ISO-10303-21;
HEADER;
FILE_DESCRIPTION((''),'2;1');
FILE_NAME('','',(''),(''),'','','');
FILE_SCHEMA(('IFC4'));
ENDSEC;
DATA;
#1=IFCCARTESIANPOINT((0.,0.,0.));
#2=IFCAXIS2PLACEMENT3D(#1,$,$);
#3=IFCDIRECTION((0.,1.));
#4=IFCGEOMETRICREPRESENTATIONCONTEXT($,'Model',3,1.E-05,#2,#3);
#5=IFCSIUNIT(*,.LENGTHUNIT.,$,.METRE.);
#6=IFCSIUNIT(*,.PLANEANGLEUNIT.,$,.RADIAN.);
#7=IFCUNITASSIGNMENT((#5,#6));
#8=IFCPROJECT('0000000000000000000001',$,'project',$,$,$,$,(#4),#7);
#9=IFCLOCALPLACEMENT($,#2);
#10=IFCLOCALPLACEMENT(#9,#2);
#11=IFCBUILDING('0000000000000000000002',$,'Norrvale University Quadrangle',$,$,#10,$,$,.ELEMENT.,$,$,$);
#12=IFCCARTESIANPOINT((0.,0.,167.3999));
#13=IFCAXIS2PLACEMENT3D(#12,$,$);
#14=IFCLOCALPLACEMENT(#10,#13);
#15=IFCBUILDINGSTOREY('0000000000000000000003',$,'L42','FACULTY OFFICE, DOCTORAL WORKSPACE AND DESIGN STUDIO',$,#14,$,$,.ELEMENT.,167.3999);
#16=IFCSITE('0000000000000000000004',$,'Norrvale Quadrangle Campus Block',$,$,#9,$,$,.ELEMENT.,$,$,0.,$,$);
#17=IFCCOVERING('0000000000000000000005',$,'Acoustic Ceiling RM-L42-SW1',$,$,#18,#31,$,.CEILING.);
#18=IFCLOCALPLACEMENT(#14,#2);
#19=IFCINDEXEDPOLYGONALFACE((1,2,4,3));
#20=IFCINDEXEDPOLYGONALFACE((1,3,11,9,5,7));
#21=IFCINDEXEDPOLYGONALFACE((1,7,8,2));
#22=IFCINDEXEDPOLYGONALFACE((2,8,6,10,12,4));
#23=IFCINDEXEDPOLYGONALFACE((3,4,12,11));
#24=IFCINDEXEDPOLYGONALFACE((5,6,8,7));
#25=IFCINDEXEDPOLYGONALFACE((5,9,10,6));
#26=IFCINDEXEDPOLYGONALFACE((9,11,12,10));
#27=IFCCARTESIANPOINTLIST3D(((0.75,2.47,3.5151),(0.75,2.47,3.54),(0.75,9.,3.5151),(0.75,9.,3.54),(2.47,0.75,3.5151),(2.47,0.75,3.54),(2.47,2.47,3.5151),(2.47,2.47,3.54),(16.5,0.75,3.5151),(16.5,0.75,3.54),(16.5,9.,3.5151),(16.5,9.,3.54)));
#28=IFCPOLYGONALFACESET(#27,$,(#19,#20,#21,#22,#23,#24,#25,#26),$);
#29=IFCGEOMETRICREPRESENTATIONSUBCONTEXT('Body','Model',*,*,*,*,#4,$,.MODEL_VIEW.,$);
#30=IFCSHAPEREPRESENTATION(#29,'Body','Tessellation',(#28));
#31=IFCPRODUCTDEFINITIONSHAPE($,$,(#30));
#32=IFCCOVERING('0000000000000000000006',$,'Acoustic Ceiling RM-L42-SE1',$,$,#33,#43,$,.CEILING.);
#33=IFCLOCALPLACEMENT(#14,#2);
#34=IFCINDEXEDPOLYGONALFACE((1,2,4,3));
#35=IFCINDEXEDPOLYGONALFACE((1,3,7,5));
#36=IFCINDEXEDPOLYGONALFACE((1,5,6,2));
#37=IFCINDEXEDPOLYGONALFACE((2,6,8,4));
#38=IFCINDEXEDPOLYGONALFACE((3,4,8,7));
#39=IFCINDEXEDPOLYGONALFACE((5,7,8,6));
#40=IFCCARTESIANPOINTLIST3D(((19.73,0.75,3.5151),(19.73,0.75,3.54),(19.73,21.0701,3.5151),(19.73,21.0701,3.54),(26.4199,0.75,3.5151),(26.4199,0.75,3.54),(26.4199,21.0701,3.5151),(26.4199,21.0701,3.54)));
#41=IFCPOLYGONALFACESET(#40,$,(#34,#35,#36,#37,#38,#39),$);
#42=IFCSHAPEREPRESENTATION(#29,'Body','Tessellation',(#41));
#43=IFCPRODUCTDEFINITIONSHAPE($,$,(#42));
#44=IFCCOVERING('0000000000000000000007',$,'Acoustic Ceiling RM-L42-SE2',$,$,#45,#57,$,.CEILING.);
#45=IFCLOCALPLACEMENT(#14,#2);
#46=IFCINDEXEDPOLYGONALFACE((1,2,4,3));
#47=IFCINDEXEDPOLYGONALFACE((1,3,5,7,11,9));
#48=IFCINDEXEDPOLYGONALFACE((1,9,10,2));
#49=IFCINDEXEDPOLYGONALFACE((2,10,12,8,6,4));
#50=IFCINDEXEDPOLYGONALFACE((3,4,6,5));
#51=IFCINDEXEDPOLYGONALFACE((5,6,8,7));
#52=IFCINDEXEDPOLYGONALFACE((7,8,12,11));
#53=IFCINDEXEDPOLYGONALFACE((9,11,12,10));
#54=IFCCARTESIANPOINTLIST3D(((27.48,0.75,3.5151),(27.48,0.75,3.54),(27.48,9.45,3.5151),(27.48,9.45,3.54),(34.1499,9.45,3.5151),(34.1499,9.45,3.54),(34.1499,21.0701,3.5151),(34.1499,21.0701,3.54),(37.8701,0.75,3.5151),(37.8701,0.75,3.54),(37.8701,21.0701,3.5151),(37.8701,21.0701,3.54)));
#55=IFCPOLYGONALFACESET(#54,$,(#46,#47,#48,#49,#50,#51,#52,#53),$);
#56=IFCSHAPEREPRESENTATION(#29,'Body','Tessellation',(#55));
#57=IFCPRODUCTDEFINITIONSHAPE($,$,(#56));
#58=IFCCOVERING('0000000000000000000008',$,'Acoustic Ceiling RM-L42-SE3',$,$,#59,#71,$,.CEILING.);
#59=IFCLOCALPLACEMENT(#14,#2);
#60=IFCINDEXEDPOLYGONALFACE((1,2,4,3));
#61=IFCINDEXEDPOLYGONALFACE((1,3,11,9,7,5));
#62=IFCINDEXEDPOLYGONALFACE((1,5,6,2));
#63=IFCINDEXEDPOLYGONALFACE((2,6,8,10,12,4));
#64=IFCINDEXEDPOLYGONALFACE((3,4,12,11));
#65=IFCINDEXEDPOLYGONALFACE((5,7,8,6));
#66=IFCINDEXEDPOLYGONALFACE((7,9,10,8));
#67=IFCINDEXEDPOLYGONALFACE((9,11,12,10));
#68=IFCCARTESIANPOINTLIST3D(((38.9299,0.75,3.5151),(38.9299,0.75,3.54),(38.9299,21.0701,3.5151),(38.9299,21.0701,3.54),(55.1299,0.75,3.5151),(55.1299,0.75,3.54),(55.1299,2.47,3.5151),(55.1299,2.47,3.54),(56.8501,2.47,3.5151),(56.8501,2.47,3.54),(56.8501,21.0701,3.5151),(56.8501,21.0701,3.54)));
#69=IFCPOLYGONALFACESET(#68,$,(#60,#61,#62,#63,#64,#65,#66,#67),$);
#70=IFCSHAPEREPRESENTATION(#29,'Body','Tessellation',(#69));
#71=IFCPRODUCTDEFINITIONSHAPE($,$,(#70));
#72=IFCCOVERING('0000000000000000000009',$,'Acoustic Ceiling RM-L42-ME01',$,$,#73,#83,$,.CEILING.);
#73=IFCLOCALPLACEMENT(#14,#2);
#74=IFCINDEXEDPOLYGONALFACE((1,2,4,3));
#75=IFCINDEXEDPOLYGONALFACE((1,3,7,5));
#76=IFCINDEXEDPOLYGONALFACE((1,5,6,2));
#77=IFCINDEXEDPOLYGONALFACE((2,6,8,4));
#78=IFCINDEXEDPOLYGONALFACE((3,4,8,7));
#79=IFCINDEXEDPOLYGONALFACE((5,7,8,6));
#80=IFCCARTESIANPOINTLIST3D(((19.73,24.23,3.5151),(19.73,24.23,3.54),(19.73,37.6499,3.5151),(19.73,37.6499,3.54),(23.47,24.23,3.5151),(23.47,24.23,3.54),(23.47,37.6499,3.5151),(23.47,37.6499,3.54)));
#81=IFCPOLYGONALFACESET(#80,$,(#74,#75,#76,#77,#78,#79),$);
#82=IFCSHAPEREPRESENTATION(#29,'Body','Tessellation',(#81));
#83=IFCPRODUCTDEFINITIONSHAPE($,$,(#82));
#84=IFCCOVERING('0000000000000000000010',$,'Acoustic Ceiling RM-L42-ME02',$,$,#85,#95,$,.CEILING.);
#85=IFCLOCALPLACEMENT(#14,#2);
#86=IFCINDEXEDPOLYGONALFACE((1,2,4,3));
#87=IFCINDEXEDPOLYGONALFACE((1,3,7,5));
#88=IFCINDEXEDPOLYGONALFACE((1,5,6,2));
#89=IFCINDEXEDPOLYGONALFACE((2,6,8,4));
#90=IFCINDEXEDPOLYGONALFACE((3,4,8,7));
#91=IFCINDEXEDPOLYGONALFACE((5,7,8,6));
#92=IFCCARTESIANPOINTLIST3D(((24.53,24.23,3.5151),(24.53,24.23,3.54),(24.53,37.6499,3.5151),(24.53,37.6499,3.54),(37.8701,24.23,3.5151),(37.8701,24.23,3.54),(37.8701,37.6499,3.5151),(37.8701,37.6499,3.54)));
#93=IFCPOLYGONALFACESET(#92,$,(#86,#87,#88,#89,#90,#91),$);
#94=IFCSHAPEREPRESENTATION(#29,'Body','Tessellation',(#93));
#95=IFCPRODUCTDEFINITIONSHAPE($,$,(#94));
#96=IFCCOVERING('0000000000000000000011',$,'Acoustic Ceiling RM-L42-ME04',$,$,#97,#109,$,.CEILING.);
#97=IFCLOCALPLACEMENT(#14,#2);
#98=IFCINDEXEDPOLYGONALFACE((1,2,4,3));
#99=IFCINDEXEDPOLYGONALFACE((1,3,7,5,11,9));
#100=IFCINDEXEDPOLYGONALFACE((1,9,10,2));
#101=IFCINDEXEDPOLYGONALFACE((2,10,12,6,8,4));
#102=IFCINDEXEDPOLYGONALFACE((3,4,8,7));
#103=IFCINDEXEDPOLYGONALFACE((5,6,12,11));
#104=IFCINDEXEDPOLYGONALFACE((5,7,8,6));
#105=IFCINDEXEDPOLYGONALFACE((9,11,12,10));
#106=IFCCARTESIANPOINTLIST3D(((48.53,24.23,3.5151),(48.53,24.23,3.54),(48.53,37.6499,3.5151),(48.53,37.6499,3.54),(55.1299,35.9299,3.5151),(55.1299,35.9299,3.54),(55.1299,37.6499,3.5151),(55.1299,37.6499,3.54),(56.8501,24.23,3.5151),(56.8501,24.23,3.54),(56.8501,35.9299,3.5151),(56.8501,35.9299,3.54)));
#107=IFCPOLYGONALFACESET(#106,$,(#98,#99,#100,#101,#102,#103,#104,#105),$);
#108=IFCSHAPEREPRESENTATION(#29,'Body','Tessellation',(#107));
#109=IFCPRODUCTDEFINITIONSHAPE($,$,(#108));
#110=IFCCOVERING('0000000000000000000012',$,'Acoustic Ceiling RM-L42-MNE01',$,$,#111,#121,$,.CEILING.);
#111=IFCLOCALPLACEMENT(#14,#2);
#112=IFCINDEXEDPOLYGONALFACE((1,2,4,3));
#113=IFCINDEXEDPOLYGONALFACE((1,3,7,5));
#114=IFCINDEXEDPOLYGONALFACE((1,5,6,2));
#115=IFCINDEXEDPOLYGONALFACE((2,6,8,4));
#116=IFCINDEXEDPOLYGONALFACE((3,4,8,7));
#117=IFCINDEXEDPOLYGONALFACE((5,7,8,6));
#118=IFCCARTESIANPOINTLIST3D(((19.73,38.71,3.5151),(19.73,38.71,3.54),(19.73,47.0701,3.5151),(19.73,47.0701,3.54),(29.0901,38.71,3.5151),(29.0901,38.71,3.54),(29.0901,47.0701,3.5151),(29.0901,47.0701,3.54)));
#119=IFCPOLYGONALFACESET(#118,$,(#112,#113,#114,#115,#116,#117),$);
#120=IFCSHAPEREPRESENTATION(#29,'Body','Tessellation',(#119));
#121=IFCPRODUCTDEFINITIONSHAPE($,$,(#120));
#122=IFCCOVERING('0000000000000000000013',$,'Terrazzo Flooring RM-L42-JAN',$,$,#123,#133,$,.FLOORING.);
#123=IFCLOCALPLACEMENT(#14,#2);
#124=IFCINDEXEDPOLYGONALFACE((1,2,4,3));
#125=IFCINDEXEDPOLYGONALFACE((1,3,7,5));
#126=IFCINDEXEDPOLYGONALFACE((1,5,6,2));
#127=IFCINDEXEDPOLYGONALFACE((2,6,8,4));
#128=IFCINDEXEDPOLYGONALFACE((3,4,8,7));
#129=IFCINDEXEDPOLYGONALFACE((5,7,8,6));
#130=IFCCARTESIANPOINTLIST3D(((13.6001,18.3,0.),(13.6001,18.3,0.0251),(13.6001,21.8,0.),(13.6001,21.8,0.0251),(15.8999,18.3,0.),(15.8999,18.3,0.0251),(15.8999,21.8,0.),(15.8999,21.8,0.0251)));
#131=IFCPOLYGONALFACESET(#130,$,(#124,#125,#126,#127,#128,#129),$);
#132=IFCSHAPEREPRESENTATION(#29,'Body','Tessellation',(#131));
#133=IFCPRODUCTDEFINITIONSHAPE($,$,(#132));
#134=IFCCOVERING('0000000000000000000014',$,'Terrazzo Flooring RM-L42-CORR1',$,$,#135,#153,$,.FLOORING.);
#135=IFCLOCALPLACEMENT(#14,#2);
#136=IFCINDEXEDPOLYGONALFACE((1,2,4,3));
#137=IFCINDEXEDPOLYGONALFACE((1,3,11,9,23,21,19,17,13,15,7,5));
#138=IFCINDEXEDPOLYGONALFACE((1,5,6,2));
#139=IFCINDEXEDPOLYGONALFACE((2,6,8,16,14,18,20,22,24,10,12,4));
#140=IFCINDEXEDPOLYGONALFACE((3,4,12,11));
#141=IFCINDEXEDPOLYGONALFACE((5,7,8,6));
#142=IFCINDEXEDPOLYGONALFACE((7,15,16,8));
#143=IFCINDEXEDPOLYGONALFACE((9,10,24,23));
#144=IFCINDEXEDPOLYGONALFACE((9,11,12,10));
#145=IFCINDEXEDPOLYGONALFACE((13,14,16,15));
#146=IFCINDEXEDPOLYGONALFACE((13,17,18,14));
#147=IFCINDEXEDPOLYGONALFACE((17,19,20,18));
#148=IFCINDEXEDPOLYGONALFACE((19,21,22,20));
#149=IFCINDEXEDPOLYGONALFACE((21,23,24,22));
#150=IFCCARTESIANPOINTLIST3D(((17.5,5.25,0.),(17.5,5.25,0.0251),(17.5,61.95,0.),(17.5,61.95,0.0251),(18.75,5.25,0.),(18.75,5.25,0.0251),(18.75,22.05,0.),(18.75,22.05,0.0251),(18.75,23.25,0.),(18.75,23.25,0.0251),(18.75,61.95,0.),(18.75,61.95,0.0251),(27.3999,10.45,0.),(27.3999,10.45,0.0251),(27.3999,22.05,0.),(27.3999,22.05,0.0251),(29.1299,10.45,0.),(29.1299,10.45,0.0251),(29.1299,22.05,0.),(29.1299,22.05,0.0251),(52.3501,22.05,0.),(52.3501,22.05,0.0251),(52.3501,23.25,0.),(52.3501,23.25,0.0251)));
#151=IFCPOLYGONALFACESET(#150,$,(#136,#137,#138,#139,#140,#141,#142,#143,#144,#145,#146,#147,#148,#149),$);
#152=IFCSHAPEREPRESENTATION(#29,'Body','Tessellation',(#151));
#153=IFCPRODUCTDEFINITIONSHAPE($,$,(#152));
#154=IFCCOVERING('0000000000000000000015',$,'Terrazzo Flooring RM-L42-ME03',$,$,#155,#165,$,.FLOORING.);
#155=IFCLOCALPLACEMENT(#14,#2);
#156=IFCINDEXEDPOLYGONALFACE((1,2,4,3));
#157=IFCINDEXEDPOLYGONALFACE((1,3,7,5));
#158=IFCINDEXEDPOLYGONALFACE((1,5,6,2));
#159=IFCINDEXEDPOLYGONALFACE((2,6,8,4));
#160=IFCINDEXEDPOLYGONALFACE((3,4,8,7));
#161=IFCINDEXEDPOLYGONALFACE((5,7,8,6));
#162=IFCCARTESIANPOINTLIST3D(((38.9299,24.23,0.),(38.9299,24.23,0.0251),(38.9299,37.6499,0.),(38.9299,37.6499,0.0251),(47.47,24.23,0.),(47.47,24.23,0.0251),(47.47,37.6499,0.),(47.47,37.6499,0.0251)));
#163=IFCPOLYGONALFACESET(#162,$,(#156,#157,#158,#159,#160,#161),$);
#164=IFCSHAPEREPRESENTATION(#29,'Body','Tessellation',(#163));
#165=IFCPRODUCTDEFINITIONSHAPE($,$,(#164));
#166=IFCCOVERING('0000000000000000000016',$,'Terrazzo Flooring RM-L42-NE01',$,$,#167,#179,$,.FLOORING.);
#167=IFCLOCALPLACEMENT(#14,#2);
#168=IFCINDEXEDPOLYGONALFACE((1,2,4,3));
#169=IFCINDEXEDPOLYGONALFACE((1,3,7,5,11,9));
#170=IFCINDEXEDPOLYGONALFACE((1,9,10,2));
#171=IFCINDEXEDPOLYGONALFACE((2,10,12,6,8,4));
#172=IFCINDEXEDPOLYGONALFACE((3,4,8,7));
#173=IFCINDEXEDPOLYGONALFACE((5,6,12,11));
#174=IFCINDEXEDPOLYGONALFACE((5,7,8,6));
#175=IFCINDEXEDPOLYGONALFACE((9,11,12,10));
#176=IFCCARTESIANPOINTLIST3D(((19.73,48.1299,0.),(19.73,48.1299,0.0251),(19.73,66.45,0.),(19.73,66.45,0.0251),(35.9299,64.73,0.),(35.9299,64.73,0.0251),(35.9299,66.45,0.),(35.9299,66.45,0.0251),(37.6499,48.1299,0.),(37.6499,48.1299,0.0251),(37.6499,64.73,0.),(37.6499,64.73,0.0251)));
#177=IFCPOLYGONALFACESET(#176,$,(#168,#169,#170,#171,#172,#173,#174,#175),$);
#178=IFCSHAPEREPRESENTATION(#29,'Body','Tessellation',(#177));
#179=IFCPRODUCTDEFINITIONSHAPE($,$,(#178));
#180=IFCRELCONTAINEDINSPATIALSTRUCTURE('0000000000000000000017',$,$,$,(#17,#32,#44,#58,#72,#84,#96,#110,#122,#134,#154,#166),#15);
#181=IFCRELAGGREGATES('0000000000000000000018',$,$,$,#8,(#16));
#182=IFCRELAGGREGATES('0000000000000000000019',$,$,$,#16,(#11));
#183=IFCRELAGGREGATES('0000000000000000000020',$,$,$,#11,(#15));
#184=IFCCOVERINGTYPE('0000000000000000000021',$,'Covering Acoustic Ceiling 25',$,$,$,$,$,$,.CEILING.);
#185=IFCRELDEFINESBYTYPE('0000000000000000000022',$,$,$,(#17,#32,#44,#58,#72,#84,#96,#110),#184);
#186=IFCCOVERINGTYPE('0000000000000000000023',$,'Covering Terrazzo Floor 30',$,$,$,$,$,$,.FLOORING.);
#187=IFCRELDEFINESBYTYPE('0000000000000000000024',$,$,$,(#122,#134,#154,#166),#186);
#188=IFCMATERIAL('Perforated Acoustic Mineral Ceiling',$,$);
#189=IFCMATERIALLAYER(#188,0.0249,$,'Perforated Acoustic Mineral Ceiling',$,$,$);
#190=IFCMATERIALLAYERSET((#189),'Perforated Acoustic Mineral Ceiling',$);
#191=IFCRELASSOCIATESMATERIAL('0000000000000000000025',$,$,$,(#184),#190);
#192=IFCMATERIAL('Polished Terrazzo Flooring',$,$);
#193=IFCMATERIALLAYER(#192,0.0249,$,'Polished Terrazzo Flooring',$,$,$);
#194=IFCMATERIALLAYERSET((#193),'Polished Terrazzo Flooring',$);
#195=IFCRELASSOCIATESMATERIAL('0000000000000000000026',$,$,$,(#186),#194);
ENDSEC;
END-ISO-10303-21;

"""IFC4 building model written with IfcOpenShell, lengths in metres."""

from ifc_helpers import new_model, si_unit, direction, frame, origin, place, context, subcontext, project, spatial, polyline, outline, extrude, material, layer, layer_set, type_object, element, save


model = new_model("IFC4")

# Units and contexts
model_context = context("Model", 3, precision=1e-05, world=origin(), true_north=direction((0.0, 1.0)))
body_context = subcontext(model_context, "Body", "Model", "MODEL_VIEW")
ifc_project = project(units=[si_unit("LENGTHUNIT", "METRE"), si_unit("PLANEANGLEUNIT", "RADIAN")], contexts=[model_context])

# Site, building, storey
site_placement = place(None, origin())
site = spatial("IfcSite", under=ifc_project, at=site_placement, Name="Norrvale Quadrangle Campus Block", CompositionType="ELEMENT", RefElevation=0.0)
building_placement = place(site_placement, origin())
building = spatial("IfcBuilding", under=site, at=building_placement, Name="Norrvale University Quadrangle", CompositionType="ELEMENT")
storey_placement = place(building_placement, frame((0.0, 0.0, 167.3999)))
storey = spatial("IfcBuildingStorey", under=building, at=storey_placement, Name="L42", Description="FACULTY OFFICE, DOCTORAL WORKSPACE AND DESIGN STUDIO", CompositionType="ELEMENT", Elevation=167.3999)

# Coverings
ifc_material_1 = material(Name="Perforated Acoustic Mineral Ceiling")
ifc_layer_1 = layer(ifc_material_1, 0.0249, Name="Perforated Acoustic Mineral Ceiling")
ifc_layer_set_1 = layer_set([ifc_layer_1], Name="Perforated Acoustic Mineral Ceiling")
covering_type_1 = type_object("IfcCoveringType", Name="Covering Acoustic Ceiling 25", PredefinedType="CEILING", material=ifc_layer_set_1)
covering_1_placement = place(storey_placement, frame((0.0, 0.0, 3.5151)))
element("IfcCovering", 1, at=covering_1_placement, inside=storey, type_object=covering_type_1, Name="Acoustic Ceiling RM-L42-SW1", PredefinedType="CEILING", context=body_context, shape_type="SweptSolid", body=[
    extrude(outline(polyline([(16.5, 9.0), (16.5, 0.75), (2.47, 0.75), (2.47, 2.47), (0.75, 2.47), (0.75, 9.0), (16.5, 9.0)])), origin(), (0.0, 0.0, 1.0), 0.0249),
])
covering_2_placement = place(storey_placement, frame((0.0, 0.0, 3.5151)))
element("IfcCovering", 2, at=covering_2_placement, inside=storey, type_object=covering_type_1, Name="Acoustic Ceiling RM-L42-SE1", PredefinedType="CEILING", context=body_context, shape_type="SweptSolid", body=[
    extrude(outline(polyline([(26.4199, 21.0701), (26.4199, 0.75), (19.73, 0.75), (19.73, 21.0701), (26.4199, 21.0701)])), origin(), (0.0, 0.0, 1.0), 0.0249),
])
covering_3_placement = place(storey_placement, frame((0.0, 0.0, 3.5151)))
element("IfcCovering", 3, at=covering_3_placement, inside=storey, type_object=covering_type_1, Name="Acoustic Ceiling RM-L42-SE2", PredefinedType="CEILING", context=body_context, shape_type="SweptSolid", body=[
    extrude(outline(polyline([(34.1499, 9.45), (34.1499, 21.0701), (37.8701, 21.0701), (37.8701, 0.75), (27.48, 0.75), (27.48, 9.45), (34.1499, 9.45)])), origin(), (0.0, 0.0, 1.0), 0.0249),
])
covering_4_placement = place(storey_placement, frame((0.0, 0.0, 3.5151)))
element("IfcCovering", 4, at=covering_4_placement, inside=storey, type_object=covering_type_1, Name="Acoustic Ceiling RM-L42-SE3", PredefinedType="CEILING", context=body_context, shape_type="SweptSolid", body=[
    extrude(outline(polyline([(38.9299, 21.0701), (56.8501, 21.0701), (56.8501, 2.47), (55.1299, 2.47), (55.1299, 0.75), (38.9299, 0.75), (38.9299, 21.0701)])), origin(), (0.0, 0.0, 1.0), 0.0249),
])
covering_5_placement = place(storey_placement, frame((0.0, 0.0, 3.5151)))
element("IfcCovering", 5, at=covering_5_placement, inside=storey, type_object=covering_type_1, Name="Acoustic Ceiling RM-L42-ME01", PredefinedType="CEILING", context=body_context, shape_type="SweptSolid", body=[
    extrude(outline(polyline([(23.47, 37.6499), (23.47, 24.23), (19.73, 24.23), (19.73, 37.6499), (23.47, 37.6499)])), origin(), (0.0, 0.0, 1.0), 0.0249),
])
covering_6_placement = place(storey_placement, frame((0.0, 0.0, 3.5151)))
element("IfcCovering", 6, at=covering_6_placement, inside=storey, type_object=covering_type_1, Name="Acoustic Ceiling RM-L42-ME02", PredefinedType="CEILING", context=body_context, shape_type="SweptSolid", body=[
    extrude(outline(polyline([(37.8701, 37.6499), (37.8701, 24.23), (24.53, 24.23), (24.53, 37.6499), (37.8701, 37.6499)])), origin(), (0.0, 0.0, 1.0), 0.0249),
])
covering_7_placement = place(storey_placement, frame((0.0, 0.0, 3.5151)))
element("IfcCovering", 7, at=covering_7_placement, inside=storey, type_object=covering_type_1, Name="Acoustic Ceiling RM-L42-ME04", PredefinedType="CEILING", context=body_context, shape_type="SweptSolid", body=[
    extrude(outline(polyline([(48.53, 24.23), (48.53, 37.6499), (55.1299, 37.6499), (55.1299, 35.9299), (56.8501, 35.9299), (56.8501, 24.23), (48.53, 24.23)])), origin(), (0.0, 0.0, 1.0), 0.0249),
])
covering_8_placement = place(storey_placement, frame((0.0, 0.0, 3.5151)))
element("IfcCovering", 8, at=covering_8_placement, inside=storey, type_object=covering_type_1, Name="Acoustic Ceiling RM-L42-MNE01", PredefinedType="CEILING", context=body_context, shape_type="SweptSolid", body=[
    extrude(outline(polyline([(19.73, 47.0701), (29.0901, 47.0701), (29.0901, 38.71), (19.73, 38.71), (19.73, 47.0701)])), origin(), (0.0, 0.0, 1.0), 0.0249),
])
ifc_material_2 = material(Name="Polished Terrazzo Flooring")
ifc_layer_2 = layer(ifc_material_2, 0.0249, Name="Polished Terrazzo Flooring")
ifc_layer_set_2 = layer_set([ifc_layer_2], Name="Polished Terrazzo Flooring")
covering_type_2 = type_object("IfcCoveringType", Name="Covering Terrazzo Floor 30", PredefinedType="FLOORING", material=ifc_layer_set_2)
covering_9_placement = place(storey_placement, origin())
element("IfcCovering", 9, at=covering_9_placement, inside=storey, type_object=covering_type_2, Name="Terrazzo Flooring RM-L42-JAN", PredefinedType="FLOORING", context=body_context, shape_type="SweptSolid", body=[
    extrude(outline(polyline([(13.6001, 18.3), (13.6001, 21.8), (15.8999, 21.8), (15.8999, 18.3), (13.6001, 18.3)])), origin(), (0.0, 0.0, 1.0), 0.0251),
])
covering_10_placement = place(storey_placement, origin())
element("IfcCovering", 10, at=covering_10_placement, inside=storey, type_object=covering_type_2, Name="Terrazzo Flooring RM-L42-CORR1", PredefinedType="FLOORING", context=body_context, shape_type="SweptSolid", body=[
    extrude(outline(polyline([(17.5, 5.25), (17.5, 61.95), (18.75, 61.95), (18.75, 23.25), (52.3501, 23.25), (52.3501, 22.05), (29.1299, 22.05), (29.1299, 10.45), (27.3999, 10.45), (27.3999, 22.05), (18.75, 22.05), (18.75, 5.25), (17.5, 5.25)])), origin(), (0.0, 0.0, 1.0), 0.0251),
])
covering_11_placement = place(storey_placement, origin())
element("IfcCovering", 11, at=covering_11_placement, inside=storey, type_object=covering_type_2, Name="Terrazzo Flooring RM-L42-ME03", PredefinedType="FLOORING", context=body_context, shape_type="SweptSolid", body=[
    extrude(outline(polyline([(47.47, 37.6499), (47.47, 24.23), (38.9299, 24.23), (38.9299, 37.6499), (47.47, 37.6499)])), origin(), (0.0, 0.0, 1.0), 0.0251),
])
covering_12_placement = place(storey_placement, origin())
element("IfcCovering", 12, at=covering_12_placement, inside=storey, type_object=covering_type_2, Name="Terrazzo Flooring RM-L42-NE01", PredefinedType="FLOORING", context=body_context, shape_type="SweptSolid", body=[
    extrude(outline(polyline([(37.6499, 48.1299), (19.73, 48.1299), (19.73, 66.45), (35.9299, 66.45), (35.9299, 64.73), (37.6499, 64.73), (37.6499, 48.1299)])), origin(), (0.0, 0.0, 1.0), 0.0251),
])

save(model, "model.ifc")
